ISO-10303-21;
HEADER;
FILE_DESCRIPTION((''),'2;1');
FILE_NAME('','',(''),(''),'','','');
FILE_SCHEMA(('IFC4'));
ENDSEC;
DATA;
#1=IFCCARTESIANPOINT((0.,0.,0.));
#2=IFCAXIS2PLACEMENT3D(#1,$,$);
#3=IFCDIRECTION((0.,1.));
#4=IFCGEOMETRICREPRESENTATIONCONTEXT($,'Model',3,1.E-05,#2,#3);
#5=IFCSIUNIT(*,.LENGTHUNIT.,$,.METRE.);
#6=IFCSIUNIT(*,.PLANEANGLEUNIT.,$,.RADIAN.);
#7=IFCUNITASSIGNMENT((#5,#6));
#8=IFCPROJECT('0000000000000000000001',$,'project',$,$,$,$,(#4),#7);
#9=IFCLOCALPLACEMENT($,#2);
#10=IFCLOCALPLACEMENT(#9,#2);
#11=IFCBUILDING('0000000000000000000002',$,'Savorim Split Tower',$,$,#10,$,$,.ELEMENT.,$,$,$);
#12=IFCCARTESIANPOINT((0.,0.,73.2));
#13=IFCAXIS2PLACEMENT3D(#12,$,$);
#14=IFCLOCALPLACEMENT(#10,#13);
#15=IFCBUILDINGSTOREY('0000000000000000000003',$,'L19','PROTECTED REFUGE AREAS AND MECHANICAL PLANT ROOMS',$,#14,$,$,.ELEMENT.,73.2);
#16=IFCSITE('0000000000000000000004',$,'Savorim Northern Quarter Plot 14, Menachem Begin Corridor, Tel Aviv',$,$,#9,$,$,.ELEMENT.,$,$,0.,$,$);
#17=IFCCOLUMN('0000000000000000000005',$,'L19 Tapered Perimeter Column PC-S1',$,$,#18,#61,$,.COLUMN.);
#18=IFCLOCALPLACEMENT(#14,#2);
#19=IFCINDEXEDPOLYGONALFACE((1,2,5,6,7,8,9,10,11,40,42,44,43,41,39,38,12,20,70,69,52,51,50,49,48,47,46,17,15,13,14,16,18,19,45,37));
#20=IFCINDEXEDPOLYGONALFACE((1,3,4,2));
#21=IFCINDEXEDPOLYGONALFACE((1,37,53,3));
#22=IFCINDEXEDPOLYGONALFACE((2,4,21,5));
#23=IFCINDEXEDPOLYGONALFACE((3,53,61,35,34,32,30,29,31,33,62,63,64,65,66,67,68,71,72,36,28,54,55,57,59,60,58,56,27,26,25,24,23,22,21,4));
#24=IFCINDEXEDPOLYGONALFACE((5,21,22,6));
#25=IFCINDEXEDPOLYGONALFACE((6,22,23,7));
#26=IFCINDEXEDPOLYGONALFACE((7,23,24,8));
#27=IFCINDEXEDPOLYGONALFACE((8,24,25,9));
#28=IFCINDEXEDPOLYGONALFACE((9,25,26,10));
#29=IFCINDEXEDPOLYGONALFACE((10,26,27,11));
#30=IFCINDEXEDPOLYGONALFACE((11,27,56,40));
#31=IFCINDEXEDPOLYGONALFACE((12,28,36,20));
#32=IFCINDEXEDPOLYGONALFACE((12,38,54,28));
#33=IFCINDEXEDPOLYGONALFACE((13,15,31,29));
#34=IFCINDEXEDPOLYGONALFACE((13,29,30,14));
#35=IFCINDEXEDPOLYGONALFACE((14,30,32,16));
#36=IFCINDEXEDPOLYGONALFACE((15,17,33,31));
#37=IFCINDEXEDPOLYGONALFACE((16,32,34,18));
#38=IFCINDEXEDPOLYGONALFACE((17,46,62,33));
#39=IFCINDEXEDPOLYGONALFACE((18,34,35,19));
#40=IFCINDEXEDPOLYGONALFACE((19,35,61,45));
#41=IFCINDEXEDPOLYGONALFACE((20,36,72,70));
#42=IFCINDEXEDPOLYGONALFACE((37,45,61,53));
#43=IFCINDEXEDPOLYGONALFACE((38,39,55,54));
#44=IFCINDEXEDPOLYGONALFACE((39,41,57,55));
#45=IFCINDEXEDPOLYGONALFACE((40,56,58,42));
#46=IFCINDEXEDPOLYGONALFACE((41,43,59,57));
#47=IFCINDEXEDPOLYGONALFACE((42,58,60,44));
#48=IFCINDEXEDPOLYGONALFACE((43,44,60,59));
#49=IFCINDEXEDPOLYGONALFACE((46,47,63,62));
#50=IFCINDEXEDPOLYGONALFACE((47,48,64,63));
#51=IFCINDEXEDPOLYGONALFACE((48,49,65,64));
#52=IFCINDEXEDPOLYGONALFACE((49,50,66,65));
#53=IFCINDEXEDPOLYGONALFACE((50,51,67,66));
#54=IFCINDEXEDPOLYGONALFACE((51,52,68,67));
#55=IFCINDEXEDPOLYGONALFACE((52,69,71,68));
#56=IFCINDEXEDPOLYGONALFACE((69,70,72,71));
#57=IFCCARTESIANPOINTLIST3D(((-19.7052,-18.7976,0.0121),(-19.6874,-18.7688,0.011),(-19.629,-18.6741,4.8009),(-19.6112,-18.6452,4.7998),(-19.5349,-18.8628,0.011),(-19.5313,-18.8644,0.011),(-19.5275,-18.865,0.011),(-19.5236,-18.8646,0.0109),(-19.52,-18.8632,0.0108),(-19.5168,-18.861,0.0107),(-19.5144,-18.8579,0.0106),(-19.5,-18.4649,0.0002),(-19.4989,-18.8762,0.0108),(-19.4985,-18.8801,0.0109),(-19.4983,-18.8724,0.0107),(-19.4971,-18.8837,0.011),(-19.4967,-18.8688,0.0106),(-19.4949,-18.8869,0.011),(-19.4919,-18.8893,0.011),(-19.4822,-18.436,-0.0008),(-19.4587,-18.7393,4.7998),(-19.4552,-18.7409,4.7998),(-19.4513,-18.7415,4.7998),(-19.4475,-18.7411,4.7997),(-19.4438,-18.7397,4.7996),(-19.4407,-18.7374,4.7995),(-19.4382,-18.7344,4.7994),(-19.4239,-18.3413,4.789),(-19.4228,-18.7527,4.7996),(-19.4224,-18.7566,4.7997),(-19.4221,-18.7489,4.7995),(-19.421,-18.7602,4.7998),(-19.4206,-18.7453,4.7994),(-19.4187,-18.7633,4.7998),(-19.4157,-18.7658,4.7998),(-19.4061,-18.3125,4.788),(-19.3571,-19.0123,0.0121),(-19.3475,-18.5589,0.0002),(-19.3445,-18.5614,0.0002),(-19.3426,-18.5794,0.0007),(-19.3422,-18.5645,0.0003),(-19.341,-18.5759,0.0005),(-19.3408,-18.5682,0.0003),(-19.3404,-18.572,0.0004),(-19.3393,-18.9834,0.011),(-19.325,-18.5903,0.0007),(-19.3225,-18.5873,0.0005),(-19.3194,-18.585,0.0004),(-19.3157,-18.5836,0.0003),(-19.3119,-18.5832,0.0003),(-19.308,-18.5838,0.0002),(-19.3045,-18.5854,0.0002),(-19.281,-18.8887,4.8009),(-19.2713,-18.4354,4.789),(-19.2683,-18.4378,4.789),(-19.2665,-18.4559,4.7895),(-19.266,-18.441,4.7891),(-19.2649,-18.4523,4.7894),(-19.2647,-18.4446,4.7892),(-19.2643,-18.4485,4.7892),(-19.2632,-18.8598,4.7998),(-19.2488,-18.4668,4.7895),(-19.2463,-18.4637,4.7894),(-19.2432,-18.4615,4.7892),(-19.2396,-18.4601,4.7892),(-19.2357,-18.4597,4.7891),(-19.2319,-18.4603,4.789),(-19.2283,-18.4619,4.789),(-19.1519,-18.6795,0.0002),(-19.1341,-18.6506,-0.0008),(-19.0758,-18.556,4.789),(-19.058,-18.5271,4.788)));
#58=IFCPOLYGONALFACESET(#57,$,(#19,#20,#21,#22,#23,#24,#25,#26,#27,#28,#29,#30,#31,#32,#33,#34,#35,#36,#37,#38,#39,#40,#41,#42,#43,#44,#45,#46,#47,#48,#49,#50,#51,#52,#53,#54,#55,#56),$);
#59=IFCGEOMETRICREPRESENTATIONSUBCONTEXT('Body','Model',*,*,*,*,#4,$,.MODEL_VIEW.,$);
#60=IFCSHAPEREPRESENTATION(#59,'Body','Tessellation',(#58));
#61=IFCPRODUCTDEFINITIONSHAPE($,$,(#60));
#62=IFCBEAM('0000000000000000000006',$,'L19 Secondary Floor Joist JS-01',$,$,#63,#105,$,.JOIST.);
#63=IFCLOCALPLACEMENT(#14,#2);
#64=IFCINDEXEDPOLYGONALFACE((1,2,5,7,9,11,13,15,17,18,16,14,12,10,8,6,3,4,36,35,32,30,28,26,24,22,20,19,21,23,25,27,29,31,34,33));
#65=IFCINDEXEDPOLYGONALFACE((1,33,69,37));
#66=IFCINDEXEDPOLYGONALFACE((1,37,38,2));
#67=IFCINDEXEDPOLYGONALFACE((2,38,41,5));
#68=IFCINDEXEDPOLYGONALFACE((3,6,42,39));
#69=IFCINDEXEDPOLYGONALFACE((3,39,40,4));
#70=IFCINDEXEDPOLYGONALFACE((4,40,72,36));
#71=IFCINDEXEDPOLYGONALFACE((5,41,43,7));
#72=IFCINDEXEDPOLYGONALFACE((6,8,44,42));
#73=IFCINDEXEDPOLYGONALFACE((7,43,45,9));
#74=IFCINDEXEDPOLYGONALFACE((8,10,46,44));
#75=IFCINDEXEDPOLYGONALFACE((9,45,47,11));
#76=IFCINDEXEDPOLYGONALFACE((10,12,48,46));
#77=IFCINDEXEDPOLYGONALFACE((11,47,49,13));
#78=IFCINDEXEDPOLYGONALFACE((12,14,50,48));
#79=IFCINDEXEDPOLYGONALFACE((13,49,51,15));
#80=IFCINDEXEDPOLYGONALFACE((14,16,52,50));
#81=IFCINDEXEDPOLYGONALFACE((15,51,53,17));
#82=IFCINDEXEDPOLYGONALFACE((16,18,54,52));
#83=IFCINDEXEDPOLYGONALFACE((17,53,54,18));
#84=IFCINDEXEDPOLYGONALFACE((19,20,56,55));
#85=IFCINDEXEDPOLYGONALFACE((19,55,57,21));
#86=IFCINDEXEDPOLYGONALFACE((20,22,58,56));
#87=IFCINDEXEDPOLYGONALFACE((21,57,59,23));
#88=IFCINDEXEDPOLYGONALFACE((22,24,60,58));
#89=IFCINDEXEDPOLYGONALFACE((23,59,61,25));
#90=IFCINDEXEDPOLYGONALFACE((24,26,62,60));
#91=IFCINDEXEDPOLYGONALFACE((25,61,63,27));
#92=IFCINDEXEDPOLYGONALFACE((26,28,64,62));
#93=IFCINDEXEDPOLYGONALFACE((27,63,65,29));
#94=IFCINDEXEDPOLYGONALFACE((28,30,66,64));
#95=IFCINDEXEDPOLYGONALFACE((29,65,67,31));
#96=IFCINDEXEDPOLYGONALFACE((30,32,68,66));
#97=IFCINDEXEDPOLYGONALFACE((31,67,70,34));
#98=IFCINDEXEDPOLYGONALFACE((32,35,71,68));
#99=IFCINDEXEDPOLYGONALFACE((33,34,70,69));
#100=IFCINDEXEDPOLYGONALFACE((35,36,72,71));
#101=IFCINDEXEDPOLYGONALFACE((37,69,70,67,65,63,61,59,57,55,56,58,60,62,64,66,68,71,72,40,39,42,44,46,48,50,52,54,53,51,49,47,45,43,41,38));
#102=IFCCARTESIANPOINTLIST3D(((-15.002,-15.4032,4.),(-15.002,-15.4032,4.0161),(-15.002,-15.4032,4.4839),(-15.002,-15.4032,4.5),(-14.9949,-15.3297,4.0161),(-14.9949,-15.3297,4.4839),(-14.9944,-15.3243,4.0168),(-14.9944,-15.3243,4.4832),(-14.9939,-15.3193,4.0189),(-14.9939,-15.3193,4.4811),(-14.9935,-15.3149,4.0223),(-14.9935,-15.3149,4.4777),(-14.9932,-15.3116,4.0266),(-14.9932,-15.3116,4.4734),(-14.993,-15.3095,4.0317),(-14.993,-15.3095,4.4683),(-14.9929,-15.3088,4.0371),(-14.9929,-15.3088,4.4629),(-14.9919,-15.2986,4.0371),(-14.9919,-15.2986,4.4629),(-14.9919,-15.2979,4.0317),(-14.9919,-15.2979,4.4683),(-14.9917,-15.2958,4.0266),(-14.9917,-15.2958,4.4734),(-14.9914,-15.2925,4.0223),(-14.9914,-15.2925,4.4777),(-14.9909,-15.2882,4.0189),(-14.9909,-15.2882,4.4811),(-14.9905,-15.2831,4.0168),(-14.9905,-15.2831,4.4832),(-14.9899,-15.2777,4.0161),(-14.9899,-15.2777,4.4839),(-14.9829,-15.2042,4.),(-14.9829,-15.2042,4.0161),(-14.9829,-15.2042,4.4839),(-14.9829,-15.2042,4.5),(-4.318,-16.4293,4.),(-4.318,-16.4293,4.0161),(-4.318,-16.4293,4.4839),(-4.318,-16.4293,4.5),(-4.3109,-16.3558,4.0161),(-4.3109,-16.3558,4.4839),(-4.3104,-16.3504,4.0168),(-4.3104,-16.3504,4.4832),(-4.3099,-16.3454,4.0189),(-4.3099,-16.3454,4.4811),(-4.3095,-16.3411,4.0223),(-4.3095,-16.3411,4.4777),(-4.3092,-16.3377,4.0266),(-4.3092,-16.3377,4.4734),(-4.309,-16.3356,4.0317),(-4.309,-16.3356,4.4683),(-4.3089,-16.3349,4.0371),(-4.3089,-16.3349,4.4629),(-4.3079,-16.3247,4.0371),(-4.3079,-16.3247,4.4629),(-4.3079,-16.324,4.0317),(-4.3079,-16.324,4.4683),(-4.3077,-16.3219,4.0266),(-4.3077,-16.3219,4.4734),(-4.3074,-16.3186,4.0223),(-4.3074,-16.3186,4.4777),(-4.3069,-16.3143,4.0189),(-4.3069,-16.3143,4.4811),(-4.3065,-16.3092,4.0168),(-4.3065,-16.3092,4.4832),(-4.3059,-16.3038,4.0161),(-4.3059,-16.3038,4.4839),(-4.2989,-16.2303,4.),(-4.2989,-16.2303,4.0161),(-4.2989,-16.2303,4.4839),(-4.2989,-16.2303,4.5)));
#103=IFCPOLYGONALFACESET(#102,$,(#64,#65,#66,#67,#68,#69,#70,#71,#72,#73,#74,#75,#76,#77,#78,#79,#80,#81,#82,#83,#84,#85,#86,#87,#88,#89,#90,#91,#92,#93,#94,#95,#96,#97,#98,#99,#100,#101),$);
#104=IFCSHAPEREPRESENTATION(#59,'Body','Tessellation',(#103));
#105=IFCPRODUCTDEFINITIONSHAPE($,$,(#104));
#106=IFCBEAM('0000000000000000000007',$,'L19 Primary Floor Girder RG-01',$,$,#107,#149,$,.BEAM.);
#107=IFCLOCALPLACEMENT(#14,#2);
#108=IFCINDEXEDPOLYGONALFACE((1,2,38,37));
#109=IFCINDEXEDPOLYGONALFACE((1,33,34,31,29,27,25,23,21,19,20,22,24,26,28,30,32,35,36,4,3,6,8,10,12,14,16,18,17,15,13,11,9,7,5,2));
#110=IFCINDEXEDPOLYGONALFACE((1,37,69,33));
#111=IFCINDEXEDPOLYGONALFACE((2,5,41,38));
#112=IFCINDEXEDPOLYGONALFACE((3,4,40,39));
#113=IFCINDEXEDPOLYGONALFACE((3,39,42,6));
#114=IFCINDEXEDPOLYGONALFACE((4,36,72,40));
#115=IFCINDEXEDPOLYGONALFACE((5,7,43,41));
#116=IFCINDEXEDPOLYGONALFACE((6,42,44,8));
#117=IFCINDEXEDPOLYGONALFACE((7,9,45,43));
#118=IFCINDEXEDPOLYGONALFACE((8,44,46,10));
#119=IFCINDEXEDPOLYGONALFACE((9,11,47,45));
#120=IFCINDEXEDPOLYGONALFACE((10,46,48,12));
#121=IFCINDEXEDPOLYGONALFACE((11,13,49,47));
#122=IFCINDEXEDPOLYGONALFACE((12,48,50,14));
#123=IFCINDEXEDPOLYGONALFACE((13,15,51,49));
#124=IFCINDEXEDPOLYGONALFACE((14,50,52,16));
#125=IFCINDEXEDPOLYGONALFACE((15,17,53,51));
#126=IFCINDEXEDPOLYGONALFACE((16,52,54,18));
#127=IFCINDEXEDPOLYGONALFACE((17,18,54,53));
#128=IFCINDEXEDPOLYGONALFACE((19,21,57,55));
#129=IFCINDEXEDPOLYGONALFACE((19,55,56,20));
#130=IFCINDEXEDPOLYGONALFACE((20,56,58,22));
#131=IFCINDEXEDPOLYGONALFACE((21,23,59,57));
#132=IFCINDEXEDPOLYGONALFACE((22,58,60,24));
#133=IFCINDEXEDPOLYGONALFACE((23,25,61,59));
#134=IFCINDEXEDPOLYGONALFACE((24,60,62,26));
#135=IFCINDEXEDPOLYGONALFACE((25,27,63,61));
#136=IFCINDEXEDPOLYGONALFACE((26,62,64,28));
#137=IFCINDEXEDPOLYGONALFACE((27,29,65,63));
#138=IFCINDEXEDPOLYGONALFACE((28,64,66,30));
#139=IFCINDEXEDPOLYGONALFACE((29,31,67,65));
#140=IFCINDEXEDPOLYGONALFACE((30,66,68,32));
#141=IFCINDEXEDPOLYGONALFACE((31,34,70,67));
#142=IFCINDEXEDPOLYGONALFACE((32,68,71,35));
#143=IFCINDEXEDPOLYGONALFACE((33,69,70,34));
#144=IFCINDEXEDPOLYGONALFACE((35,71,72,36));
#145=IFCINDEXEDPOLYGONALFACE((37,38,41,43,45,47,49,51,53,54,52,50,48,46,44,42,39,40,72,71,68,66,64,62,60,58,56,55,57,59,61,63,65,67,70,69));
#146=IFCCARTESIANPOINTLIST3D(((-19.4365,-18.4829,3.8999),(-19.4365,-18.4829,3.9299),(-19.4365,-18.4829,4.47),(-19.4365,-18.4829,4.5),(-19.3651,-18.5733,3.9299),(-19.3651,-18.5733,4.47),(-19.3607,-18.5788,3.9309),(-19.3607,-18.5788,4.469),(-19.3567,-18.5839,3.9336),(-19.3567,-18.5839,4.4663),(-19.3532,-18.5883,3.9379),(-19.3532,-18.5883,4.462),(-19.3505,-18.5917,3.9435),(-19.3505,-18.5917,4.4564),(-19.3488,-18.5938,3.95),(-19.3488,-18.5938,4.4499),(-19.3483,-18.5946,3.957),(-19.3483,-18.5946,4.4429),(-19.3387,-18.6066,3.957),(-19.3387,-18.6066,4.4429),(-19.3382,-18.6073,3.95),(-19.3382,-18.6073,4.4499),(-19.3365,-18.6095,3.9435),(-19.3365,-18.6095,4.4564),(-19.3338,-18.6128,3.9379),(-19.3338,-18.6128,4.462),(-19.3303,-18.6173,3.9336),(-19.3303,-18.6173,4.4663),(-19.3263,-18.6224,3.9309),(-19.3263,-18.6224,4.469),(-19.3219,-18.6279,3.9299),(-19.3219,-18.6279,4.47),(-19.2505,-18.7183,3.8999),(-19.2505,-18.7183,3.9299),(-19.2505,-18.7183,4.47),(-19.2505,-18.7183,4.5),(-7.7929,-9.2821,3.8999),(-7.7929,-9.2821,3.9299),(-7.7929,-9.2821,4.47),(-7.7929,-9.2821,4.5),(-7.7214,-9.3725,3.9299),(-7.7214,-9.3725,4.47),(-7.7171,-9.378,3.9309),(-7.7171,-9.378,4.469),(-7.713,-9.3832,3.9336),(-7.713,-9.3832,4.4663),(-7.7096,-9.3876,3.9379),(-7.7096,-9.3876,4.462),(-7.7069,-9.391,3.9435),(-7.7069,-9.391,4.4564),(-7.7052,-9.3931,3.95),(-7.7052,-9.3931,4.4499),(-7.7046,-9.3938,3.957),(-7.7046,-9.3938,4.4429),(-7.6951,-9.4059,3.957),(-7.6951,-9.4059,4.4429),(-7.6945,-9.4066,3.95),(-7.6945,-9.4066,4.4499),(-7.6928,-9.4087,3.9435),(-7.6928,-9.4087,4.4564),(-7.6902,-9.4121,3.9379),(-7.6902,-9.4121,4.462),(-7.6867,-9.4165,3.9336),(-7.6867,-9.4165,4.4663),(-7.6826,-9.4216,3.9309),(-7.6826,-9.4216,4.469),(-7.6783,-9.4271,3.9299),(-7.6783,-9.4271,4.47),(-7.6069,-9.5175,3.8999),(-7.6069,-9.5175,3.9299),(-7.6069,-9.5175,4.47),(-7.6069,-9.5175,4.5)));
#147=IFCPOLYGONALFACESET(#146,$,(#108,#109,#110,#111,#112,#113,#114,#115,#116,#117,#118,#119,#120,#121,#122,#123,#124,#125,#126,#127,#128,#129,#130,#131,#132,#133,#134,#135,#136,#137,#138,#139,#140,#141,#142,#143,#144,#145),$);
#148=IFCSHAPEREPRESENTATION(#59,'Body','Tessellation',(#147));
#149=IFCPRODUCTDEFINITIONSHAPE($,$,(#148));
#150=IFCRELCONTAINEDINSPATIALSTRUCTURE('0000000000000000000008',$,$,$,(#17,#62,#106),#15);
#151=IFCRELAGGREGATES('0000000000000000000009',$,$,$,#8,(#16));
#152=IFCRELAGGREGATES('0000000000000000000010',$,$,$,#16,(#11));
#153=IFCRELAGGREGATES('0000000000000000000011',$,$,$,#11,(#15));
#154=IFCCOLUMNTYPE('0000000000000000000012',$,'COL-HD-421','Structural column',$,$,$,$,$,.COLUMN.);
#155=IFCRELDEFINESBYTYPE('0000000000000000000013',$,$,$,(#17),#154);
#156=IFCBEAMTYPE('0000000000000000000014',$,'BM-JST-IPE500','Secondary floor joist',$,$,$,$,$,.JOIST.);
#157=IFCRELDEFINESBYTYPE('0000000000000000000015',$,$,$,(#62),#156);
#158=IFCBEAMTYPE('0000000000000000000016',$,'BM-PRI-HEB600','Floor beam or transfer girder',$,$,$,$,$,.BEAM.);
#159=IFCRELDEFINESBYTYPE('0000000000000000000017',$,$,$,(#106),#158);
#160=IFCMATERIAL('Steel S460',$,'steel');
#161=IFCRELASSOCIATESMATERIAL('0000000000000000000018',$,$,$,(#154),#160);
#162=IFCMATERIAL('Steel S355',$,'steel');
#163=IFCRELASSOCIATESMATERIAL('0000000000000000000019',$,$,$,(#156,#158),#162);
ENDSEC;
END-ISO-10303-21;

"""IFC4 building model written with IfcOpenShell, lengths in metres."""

from ifc_helpers import new_model, si_unit, direction, frame, origin, origin_2d, place, context, subcontext, project, spatial, i_section, extrude, material, material_profile, profile_set, type_object, element, save


model = new_model("IFC4")

# Units and contexts
model_context = context("Model", 3, precision=1e-05, world=origin(), true_north=direction((0.0, 1.0)))
body_context = subcontext(model_context, "Body", "Model", "MODEL_VIEW")
ifc_project = project(units=[si_unit("LENGTHUNIT", "METRE"), si_unit("PLANEANGLEUNIT", "RADIAN")], contexts=[model_context])

# Site, building, storey
site_placement = place(None, origin())
site = spatial("IfcSite", under=ifc_project, at=site_placement, Name="Savorim Northern Quarter Plot 14, Menachem Begin Corridor, Tel Aviv", CompositionType="ELEMENT", RefElevation=0.0)
building_placement = place(site_placement, origin())
building = spatial("IfcBuilding", under=site, at=building_placement, Name="Savorim Split Tower", CompositionType="ELEMENT")
storey_placement = place(building_placement, frame((0.0, 0.0, 73.2)))
storey = spatial("IfcBuildingStorey", under=building, at=storey_placement, Name="L19", Description="PROTECTED REFUGE AREAS AND MECHANICAL PLANT ROOMS", CompositionType="ELEMENT", Elevation=73.2)

# Column
ifc_material_1 = material(Name="Steel S460", Category="steel")
ifc_material_profile_1 = material_profile(ifc_material_1, i_section(OverallWidth=0.4089, OverallDepth=0.425, WebThickness=0.0208, FlangeThickness=0.0339, FilletRadius=0.0149, at=origin_2d()), Name="HD 400x421")
ifc_profile_set_1 = profile_set([ifc_material_profile_1], Name="Steel S460")
column_type = type_object("IfcColumnType", Name="COL-HD-421", Description="Structural column", PredefinedType="COLUMN", material=ifc_profile_set_1)
column_placement = place(storey_placement, frame((-19.4197, -18.7241, 0.0056), z_axis=(0.015899, 0.025785, 0.999541), x_axis=(-0.851196, 0.524848, 0.0)))
element("IfcColumn", 1, at=column_placement, inside=storey, type_object=column_type, Name="L19 Tapered Perimeter Column PC-S1", PredefinedType="COLUMN", context=body_context, shape_type="SweptSolid", body=[
    extrude(i_section(OverallWidth=0.4089, OverallDepth=0.425, WebThickness=0.0208, FlangeThickness=0.0339, FilletRadius=0.0149, at=origin_2d()), origin(), (0.0, 0.0, 1.0), 4.791),
])

# Beams
ifc_material_2 = material(Name="Steel S355", Category="steel")
ifc_material_profile_2 = material_profile(ifc_material_2, i_section(OverallWidth=0.2, OverallDepth=0.5, WebThickness=0.0103, FlangeThickness=0.0161, FilletRadius=0.021, at=origin_2d()), Name="IPE 500")
ifc_profile_set_2 = profile_set([ifc_material_profile_2], Name="Steel S355")
beam_type_1 = type_object("IfcBeamType", Name="BM-JST-IPE500", Description="Secondary floor joist", PredefinedType="JOIST", material=ifc_profile_set_2)
beam_1_placement = place(storey_placement, frame((-14.9924, -15.3037, 4.25), z_axis=(0.99542, -0.095602, 0.0), x_axis=(0.095602, 0.99542, 0.0)))
element("IfcBeam", 2, at=beam_1_placement, inside=storey, type_object=beam_type_1, Name="L19 Secondary Floor Joist JS-01", PredefinedType="JOIST", context=body_context, shape_type="SweptSolid", body=[
    extrude(i_section(OverallWidth=0.2, OverallDepth=0.5, WebThickness=0.0103, FlangeThickness=0.0161, FilletRadius=0.021, at=origin_2d()), origin(), (0.0, 0.0, 1.0), 10.7332),
])
ifc_material_profile_3 = material_profile(ifc_material_2, i_section(OverallWidth=0.3, OverallDepth=0.6001, WebThickness=0.0154, FlangeThickness=0.03, FilletRadius=0.0271, at=origin_2d()), Name="HEB 600")
ifc_profile_set_3 = profile_set([ifc_material_profile_3], Name="Steel S355")
beam_type_2 = type_object("IfcBeamType", Name="BM-PRI-HEB600", Description="Floor beam or transfer girder", PredefinedType="BEAM", material=ifc_profile_set_3)
beam_2_placement = place(storey_placement, frame((-19.3435, -18.6006, 4.2), z_axis=(0.784607, 0.619993, 0.0), x_axis=(-0.619993, 0.784607, 0.0)))
element("IfcBeam", 3, at=beam_2_placement, inside=storey, type_object=beam_type_2, Name="L19 Primary Floor Girder RG-01", PredefinedType="BEAM", context=body_context, shape_type="SweptSolid", body=[
    extrude(i_section(OverallWidth=0.3, OverallDepth=0.6001, WebThickness=0.0154, FlangeThickness=0.03, FilletRadius=0.0271, at=origin_2d()), origin(), (0.0, 0.0, 1.0), 14.8401),
])

save(model, "model.ifc")
